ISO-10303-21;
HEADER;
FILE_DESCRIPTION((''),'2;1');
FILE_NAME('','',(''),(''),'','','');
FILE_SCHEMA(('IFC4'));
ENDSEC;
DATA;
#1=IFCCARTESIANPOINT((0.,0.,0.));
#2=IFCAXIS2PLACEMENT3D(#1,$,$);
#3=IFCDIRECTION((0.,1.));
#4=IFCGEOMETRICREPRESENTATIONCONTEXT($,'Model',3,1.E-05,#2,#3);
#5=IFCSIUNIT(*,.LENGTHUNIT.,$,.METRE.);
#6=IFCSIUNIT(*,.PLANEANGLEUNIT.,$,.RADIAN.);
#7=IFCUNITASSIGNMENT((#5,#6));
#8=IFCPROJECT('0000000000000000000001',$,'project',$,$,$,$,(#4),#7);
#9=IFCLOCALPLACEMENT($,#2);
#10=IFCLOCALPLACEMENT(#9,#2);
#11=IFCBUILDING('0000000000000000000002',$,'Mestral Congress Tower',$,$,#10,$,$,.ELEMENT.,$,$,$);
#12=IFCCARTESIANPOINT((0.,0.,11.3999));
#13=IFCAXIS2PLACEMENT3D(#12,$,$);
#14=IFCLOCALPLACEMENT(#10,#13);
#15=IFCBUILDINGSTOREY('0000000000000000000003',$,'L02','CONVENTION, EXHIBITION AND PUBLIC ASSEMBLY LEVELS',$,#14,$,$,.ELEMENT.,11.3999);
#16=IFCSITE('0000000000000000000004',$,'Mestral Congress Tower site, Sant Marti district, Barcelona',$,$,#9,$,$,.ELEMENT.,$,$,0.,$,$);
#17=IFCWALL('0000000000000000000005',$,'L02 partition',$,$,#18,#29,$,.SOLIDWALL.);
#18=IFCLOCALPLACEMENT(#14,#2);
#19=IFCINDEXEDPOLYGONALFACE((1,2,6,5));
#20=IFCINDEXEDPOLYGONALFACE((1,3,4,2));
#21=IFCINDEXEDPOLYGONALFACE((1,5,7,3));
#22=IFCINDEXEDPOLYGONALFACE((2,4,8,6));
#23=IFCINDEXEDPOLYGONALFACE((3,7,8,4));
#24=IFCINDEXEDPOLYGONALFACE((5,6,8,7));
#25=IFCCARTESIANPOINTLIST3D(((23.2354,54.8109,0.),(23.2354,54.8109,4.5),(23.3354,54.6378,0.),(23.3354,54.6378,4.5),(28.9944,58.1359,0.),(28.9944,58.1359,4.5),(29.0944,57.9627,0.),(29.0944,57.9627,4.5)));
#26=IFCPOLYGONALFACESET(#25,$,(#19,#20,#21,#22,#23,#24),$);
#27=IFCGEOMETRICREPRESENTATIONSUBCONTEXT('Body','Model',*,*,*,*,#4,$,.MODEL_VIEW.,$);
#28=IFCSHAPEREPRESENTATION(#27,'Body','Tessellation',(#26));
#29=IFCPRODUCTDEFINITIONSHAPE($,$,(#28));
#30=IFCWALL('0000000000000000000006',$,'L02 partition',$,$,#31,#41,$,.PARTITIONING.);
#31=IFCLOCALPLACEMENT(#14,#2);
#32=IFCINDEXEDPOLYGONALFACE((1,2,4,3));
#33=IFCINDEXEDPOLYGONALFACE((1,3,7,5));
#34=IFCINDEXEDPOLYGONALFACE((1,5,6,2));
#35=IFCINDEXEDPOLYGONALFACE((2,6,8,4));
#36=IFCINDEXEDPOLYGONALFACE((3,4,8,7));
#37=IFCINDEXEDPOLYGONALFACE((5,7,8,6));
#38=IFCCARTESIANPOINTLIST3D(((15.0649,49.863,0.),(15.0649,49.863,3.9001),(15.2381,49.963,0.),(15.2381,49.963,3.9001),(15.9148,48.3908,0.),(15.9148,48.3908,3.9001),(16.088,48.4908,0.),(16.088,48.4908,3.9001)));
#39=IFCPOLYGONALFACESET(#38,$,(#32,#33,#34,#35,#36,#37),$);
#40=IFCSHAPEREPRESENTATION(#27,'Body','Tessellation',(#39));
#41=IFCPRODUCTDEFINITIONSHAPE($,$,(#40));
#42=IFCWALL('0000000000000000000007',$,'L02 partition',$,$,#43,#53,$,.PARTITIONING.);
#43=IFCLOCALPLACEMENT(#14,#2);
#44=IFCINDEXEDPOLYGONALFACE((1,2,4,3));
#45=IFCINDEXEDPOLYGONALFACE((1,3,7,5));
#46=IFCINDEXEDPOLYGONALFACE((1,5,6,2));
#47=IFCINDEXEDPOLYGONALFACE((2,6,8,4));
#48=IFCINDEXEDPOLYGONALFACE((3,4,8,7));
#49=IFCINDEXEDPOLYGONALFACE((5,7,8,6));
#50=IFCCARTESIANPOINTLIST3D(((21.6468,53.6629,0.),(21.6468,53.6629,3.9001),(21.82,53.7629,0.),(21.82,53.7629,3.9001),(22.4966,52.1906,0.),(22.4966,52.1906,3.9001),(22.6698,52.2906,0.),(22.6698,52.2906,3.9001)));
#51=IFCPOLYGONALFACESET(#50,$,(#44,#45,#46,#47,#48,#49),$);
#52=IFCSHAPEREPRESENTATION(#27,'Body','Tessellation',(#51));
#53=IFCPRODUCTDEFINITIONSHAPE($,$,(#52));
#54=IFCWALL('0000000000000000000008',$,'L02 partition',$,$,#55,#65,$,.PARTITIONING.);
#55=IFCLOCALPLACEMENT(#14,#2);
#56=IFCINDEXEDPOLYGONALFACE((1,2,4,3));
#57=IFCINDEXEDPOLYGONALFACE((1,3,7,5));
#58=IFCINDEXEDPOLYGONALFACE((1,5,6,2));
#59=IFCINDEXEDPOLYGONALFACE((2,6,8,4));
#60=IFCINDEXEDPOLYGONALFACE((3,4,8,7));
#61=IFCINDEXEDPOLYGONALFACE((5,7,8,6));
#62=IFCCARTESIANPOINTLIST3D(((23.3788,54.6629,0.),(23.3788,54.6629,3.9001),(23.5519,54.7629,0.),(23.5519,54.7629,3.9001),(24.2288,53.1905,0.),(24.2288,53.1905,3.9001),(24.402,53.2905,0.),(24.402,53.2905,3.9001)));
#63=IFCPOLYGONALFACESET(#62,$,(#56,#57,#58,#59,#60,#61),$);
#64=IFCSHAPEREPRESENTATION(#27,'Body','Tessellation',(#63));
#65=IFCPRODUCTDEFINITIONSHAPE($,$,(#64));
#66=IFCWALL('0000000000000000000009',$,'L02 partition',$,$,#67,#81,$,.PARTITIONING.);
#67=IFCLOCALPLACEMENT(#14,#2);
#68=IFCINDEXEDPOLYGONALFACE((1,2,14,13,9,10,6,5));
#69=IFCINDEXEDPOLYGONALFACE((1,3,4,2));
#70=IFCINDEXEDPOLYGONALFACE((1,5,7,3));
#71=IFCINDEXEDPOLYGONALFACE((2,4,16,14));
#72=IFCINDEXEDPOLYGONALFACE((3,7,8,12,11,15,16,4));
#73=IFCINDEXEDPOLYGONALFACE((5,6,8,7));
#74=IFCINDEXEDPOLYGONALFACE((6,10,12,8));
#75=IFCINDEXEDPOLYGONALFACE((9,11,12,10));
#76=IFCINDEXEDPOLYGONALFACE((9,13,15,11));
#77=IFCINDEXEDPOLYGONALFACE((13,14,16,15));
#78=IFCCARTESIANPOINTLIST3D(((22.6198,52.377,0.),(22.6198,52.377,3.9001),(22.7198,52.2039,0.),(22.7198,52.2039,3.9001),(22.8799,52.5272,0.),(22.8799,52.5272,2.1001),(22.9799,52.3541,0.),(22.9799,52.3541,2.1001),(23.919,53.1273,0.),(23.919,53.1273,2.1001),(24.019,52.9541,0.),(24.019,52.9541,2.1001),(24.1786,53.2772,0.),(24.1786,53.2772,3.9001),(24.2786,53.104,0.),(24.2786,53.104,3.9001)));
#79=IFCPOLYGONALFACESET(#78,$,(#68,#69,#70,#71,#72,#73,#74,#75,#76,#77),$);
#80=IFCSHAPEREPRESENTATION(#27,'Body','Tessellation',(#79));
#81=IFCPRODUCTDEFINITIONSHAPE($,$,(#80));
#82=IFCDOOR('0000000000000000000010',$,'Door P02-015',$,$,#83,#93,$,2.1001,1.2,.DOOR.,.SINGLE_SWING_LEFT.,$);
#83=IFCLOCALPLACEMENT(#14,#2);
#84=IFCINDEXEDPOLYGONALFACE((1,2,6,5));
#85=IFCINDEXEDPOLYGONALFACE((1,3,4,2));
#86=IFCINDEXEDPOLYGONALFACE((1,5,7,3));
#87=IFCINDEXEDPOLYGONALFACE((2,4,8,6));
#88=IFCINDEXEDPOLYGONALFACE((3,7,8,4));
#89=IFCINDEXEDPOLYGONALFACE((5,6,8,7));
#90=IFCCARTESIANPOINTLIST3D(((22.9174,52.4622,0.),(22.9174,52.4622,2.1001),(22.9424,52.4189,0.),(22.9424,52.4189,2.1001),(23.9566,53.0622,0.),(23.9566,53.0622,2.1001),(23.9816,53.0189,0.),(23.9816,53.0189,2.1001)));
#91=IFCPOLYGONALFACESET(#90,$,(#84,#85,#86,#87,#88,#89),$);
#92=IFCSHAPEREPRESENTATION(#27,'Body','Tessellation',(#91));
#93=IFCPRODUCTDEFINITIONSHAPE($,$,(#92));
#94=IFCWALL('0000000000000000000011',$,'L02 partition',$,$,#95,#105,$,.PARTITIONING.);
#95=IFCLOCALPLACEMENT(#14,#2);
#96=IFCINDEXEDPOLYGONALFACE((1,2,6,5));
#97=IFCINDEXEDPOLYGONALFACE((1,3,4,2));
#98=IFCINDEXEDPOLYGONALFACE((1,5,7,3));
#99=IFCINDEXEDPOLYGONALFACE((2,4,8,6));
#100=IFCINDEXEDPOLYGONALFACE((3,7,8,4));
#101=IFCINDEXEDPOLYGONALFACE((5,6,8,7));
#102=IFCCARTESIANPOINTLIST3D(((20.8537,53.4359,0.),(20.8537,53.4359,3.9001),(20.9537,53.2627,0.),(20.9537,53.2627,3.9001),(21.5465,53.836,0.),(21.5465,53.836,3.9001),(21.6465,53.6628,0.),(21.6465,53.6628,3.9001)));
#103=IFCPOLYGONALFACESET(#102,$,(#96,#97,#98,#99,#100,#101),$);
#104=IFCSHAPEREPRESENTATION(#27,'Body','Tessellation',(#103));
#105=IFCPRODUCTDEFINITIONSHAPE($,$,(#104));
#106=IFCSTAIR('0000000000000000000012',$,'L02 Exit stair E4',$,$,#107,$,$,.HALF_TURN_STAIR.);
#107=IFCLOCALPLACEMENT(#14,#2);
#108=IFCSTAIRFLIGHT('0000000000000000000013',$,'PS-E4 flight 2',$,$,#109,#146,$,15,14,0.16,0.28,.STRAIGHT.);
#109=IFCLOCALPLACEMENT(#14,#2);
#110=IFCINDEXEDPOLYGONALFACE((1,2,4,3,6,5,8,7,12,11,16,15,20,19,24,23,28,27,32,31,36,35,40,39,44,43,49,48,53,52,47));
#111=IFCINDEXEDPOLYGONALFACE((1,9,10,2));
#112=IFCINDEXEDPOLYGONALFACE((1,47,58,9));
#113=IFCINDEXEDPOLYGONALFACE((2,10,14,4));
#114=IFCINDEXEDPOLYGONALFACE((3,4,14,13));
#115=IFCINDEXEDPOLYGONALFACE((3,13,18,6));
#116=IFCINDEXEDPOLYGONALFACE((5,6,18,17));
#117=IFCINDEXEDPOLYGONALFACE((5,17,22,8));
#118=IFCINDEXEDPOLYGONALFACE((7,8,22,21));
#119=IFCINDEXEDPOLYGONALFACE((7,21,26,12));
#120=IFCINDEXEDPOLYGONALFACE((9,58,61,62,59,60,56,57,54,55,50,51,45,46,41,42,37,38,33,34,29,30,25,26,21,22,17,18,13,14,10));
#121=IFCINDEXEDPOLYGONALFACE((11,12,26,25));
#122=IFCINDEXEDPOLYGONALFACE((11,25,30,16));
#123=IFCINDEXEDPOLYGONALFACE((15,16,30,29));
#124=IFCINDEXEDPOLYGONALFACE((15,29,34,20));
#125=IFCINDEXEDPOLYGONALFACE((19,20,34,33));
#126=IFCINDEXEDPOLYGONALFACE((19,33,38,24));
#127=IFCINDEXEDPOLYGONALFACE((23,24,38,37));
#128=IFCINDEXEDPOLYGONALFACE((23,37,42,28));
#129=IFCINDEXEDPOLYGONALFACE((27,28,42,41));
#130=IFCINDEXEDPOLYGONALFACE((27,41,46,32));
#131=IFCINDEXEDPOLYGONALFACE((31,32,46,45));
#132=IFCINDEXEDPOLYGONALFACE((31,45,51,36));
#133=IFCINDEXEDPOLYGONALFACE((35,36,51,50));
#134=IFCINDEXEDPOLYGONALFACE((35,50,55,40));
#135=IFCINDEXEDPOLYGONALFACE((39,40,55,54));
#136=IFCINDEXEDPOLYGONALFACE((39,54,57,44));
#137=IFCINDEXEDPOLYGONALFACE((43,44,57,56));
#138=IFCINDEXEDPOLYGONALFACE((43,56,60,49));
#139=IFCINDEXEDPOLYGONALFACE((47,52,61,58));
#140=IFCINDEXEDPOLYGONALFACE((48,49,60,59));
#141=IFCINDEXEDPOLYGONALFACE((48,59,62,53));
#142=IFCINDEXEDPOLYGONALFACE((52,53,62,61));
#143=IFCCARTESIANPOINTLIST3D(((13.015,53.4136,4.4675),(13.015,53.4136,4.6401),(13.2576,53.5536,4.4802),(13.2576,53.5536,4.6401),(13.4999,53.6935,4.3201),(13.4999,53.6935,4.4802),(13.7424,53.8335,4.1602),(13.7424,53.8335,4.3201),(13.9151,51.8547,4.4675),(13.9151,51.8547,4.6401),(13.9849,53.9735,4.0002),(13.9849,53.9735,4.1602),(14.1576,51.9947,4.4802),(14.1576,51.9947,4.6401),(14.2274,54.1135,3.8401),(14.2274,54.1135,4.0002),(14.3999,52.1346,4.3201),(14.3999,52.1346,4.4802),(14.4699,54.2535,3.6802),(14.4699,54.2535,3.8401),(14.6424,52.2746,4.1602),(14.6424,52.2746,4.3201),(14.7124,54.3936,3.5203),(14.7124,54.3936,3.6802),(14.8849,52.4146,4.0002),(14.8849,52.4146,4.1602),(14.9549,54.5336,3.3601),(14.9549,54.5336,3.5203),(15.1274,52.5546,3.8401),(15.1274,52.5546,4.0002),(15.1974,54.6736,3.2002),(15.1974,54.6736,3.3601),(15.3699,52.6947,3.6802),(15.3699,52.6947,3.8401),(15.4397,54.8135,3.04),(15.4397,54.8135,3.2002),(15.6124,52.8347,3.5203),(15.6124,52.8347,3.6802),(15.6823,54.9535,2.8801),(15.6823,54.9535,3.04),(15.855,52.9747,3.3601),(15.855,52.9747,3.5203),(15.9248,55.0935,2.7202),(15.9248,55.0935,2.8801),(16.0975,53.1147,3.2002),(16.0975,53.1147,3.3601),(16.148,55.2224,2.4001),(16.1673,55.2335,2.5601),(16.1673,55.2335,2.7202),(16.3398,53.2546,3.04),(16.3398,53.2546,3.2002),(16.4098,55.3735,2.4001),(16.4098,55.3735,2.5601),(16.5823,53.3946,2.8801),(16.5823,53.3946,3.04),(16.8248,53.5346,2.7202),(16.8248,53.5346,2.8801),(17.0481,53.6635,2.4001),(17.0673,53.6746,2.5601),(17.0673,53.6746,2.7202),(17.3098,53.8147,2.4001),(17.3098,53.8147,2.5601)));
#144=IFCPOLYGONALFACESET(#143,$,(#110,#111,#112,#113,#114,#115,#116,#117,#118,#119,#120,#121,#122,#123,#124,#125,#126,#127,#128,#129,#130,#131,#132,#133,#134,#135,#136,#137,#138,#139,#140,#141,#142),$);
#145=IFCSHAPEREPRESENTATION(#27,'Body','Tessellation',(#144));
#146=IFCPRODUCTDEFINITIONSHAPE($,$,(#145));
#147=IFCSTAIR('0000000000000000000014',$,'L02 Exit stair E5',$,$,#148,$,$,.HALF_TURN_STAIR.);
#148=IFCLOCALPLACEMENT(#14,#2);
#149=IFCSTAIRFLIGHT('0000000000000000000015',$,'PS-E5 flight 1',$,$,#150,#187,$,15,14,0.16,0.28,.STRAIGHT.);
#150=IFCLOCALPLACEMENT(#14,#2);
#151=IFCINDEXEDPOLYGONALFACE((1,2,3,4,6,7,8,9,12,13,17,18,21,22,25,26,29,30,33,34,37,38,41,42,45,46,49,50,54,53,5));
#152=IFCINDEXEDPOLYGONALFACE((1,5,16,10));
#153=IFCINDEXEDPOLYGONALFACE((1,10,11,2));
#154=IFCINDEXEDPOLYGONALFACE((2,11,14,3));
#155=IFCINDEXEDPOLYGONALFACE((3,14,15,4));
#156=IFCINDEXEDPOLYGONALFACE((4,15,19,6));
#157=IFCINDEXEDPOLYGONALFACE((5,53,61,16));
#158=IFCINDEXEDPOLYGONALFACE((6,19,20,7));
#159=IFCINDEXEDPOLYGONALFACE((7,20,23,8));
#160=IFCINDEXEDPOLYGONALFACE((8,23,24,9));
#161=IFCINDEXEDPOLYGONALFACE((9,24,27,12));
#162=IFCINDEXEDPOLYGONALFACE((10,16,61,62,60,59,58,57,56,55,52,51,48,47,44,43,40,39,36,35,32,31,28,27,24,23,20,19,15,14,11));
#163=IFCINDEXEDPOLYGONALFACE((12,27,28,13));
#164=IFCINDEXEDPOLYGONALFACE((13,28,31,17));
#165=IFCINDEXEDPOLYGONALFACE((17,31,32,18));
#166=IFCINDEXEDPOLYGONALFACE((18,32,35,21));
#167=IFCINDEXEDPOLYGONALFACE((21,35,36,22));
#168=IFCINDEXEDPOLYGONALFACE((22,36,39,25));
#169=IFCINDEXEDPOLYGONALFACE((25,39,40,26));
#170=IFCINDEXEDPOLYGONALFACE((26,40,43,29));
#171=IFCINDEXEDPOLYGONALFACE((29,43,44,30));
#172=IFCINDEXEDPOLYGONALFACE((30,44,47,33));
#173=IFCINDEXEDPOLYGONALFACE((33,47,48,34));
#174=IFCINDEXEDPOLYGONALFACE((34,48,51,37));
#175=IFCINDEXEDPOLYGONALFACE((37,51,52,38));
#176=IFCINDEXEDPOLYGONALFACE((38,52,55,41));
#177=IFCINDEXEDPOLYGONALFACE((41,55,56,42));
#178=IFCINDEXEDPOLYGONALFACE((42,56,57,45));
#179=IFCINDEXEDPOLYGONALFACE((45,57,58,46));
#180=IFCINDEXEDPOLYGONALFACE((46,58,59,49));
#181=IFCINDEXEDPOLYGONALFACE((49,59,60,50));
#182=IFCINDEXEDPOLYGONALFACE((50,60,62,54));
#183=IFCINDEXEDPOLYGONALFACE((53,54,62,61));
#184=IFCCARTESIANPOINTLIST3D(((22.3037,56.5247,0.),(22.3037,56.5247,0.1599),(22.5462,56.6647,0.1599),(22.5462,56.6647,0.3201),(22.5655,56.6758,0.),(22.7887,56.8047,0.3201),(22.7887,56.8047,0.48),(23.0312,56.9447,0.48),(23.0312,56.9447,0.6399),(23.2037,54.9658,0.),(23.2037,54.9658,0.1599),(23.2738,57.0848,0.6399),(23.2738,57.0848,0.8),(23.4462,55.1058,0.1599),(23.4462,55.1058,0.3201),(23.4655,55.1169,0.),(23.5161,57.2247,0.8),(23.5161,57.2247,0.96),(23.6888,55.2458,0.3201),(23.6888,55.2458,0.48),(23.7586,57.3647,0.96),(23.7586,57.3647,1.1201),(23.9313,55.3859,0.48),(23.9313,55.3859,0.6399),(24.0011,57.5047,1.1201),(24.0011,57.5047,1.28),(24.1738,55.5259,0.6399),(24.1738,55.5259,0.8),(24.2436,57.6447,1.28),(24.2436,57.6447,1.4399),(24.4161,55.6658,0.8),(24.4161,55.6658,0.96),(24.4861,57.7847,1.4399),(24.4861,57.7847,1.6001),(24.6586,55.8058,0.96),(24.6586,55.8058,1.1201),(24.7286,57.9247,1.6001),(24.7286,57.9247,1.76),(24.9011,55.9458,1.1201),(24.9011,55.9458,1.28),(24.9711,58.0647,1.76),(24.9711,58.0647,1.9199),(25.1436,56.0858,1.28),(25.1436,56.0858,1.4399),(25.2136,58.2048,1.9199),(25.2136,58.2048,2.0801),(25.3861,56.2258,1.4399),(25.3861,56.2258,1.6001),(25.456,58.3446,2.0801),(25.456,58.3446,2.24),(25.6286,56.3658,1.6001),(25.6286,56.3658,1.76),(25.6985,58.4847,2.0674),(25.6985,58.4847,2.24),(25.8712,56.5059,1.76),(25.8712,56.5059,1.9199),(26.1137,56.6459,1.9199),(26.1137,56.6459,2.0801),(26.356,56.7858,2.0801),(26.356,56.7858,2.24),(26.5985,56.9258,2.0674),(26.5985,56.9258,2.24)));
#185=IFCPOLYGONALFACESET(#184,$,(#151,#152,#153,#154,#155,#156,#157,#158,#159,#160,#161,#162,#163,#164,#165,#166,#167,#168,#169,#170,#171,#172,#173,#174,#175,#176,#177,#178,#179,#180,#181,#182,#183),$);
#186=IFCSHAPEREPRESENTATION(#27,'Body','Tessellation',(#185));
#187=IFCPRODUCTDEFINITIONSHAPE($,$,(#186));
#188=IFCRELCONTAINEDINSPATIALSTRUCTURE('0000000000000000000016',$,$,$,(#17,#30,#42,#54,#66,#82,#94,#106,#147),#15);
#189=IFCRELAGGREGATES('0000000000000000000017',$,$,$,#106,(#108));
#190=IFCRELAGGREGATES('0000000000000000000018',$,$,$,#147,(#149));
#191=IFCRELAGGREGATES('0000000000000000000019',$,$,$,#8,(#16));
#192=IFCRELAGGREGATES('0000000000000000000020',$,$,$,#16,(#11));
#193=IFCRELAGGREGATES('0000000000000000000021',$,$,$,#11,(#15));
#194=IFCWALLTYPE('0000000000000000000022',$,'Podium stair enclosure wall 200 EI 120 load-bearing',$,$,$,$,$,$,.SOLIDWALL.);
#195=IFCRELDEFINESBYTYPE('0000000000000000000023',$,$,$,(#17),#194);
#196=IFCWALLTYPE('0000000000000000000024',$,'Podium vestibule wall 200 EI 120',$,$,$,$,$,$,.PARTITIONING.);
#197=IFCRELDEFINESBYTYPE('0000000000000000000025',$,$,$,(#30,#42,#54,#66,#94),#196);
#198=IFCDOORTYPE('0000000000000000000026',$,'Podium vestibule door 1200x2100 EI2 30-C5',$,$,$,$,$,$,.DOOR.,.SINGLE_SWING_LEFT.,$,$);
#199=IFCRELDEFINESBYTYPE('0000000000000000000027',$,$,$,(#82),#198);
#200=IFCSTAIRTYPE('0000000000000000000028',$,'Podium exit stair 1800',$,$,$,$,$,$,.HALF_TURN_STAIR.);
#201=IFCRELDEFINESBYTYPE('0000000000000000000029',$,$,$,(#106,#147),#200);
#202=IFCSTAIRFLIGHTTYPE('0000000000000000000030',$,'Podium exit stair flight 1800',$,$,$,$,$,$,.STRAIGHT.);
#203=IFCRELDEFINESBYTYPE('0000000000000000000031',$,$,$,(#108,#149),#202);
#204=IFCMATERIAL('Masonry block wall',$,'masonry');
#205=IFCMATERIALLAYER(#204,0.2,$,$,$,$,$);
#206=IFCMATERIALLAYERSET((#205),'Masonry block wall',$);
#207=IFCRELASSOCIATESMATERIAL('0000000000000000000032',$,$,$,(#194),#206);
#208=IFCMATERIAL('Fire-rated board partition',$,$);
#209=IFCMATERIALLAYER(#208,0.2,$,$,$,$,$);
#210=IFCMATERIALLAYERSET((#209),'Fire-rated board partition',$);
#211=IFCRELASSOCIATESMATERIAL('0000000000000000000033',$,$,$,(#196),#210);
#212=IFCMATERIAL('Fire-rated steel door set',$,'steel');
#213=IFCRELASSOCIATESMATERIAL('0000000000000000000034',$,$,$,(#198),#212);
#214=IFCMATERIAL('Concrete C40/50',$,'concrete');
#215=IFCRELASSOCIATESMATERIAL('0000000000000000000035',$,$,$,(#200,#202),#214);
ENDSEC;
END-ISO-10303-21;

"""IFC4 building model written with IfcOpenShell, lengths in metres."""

from ifc_helpers import new_model, si_unit, direction, frame, frame_2d, origin, place, context, subcontext, project, spatial, polyline, rectangle, outline, extrude, material, layer, layer_set, type_object, element, fill, aggregate, save


model = new_model("IFC4")

# Units and contexts
model_context = context("Model", 3, precision=1e-05, world=origin(), true_north=direction((0.0, 1.0)))
body_context = subcontext(model_context, "Body", "Model", "MODEL_VIEW")
ifc_project = project(units=[si_unit("LENGTHUNIT", "METRE"), si_unit("PLANEANGLEUNIT", "RADIAN")], contexts=[model_context])

# Site, building, storey
site_placement = place(None, origin())
site = spatial("IfcSite", under=ifc_project, at=site_placement, Name="Mestral Congress Tower site, Sant Marti district, Barcelona", CompositionType="ELEMENT", RefElevation=0.0)
building_placement = place(site_placement, origin())
building = spatial("IfcBuilding", under=site, at=building_placement, Name="Mestral Congress Tower", CompositionType="ELEMENT")
storey_placement = place(building_placement, frame((0.0, 0.0, 11.3999)))
storey = spatial("IfcBuildingStorey", under=building, at=storey_placement, Name="L02", Description="CONVENTION, EXHIBITION AND PUBLIC ASSEMBLY LEVELS", CompositionType="ELEMENT", Elevation=11.3999)

# Shared definitions
ifc_material_1 = material(Name="Masonry block wall", Category="masonry")
ifc_layer_1 = layer(ifc_material_1, 0.2)
ifc_layer_set_1 = layer_set([ifc_layer_1], Name="Masonry block wall")
wall_type_1 = type_object("IfcWallType", Name="Podium stair enclosure wall 200 EI 120 load-bearing", PredefinedType="SOLIDWALL", material=ifc_layer_set_1)

# Shared definitions
ifc_material_2 = material(Name="Fire-rated steel door set", Category="steel")

# Walls
wall_1_placement = place(storey_placement, frame((23.2854, 54.7244, 0.0), z_axis=(0.0, 0.0, 1.0), x_axis=(0.866027, 0.499997, 0.0)))
element("IfcWall", 1, at=wall_1_placement, inside=storey, type_object=wall_type_1, Name="L02 partition", PredefinedType="SOLIDWALL", context=body_context, shape_type="SweptSolid", body=[
    extrude(rectangle(XDim=6.6499, YDim=0.2, at=frame_2d((3.325, 0.0))), origin(), (0.0, 0.0, 1.0), 4.5),
])
ifc_material_3 = material(Name="Fire-rated board partition")
ifc_layer_2 = layer(ifc_material_3, 0.2)
ifc_layer_set_2 = layer_set([ifc_layer_2], Name="Fire-rated board partition")
wall_type_2 = type_object("IfcWallType", Name="Podium vestibule wall 200 EI 120", PredefinedType="PARTITIONING", material=ifc_layer_set_2)
for number, where, z_axis, x_axis, name in (
    (2, (16.0015, 48.4407, 0.0), (0.0, 0.0, 1.0), (-0.499955, 0.866052, 0.0), "L02 partition"),
    (3, (22.5833, 52.2405, 0.0), (0.0, 0.0, 1.0), (-0.499892, 0.866088, 0.0), "L02 partition"),
):
    element("IfcWall", number, at=place(storey_placement, frame(where, z_axis=z_axis, x_axis=x_axis)), inside=storey, type_object=wall_type_2, Name=name, PredefinedType="PARTITIONING", context=body_context, shape_type="SweptSolid", body=[
        extrude(rectangle(XDim=1.7, YDim=0.2, at=frame_2d((0.8501, 0.0))), origin(), (0.0, 0.0, 1.0), 3.9001),
    ])
wall_2_placement = place(storey_placement, frame((24.3154, 53.2405, 0.0), z_axis=(0.0, 0.0, 1.0), x_axis=(-0.5, 0.866025, 0.0)))
element("IfcWall", 4, at=wall_2_placement, inside=storey, type_object=wall_type_2, Name="L02 partition", PredefinedType="PARTITIONING", context=body_context, shape_type="SweptSolid", body=[
    extrude(rectangle(XDim=1.7002, YDim=0.2, at=frame_2d((0.8501, 0.0))), origin(), (0.0, 0.0, 1.0), 3.9001),
])

# Wall, opening, door
wall_3_placement = place(storey_placement, frame((22.6699, 52.2905, 0.0), z_axis=(0.0, 0.0, 1.0), x_axis=(0.865989, 0.500063, 0.0)))
wall_3 = element("IfcWall", 5, at=wall_3_placement, inside=storey, type_object=wall_type_2, Name="L02 partition", PredefinedType="PARTITIONING", context=body_context, shape_type="SweptSolid", body=[
    extrude(rectangle(XDim=1.8, YDim=0.2, at=frame_2d((0.8999, 0.0))), origin(), (0.0, 0.0, 1.0), 3.9001),
])
opening_1_placement = place(wall_3_placement, frame((0.3, 0.0, 0.0)))
opening_1 = element("IfcOpeningElement", 6, at=opening_1_placement, cuts=wall_3, PredefinedType="OPENING", context=body_context, shape_type="SweptSolid", body=[
    extrude(rectangle(XDim=1.2, YDim=2.1001, at=frame_2d((0.6001, 1.05))), frame((0.0, 0.1099, 0.0), z_axis=(0.0, -1.0, 0.0), x_axis=(1.0, 0.0, 0.0)), (0.0, 0.0, 1.0), 0.22),
])
door_type_1 = type_object("IfcDoorType", Name="Podium vestibule door 1200x2100 EI2 30-C5", OperationType="SINGLE_SWING_LEFT", PredefinedType="DOOR", material=ifc_material_2)
door_1_placement = place(opening_1_placement, origin())
door_1 = element("IfcDoor", 7, at=door_1_placement, inside=storey, type_object=door_type_1, Name="Door P02-015", OperationType="SINGLE_SWING_LEFT", OverallHeight=2.1001, OverallWidth=1.2, PredefinedType="DOOR", context=body_context, shape_type="SweptSolid", body=[
    extrude(rectangle(XDim=1.2, YDim=2.1001, at=frame_2d((0.6001, 1.05))), frame((0.0, 0.0249, 0.0), z_axis=(0.0, -1.0, 0.0), x_axis=(1.0, 0.0, 0.0)), (0.0, 0.0, 1.0), 0.05),
])
fill(opening_1, door_1)

# Wall
wall_4_placement = place(storey_placement, frame((20.9038, 53.3494, 0.0), z_axis=(0.0, 0.0, 1.0), x_axis=(0.865962, 0.50011, 0.0)))
element("IfcWall", 8, at=wall_4_placement, inside=storey, type_object=wall_type_2, Name="L02 partition", PredefinedType="PARTITIONING", context=body_context, shape_type="SweptSolid", body=[
    extrude(rectangle(XDim=0.8, YDim=0.2, at=frame_2d((0.3999, 0.0))), origin(), (0.0, 0.0, 1.0), 3.9001),
])

# Stairs, stair flights
ifc_material_4 = material(Name="Concrete C40/50", Category="concrete")
stair_type = type_object("IfcStairType", Name="Podium exit stair 1800", PredefinedType="HALF_TURN_STAIR", material=ifc_material_4)
placement = place(storey_placement, origin())
stair_1 = element("IfcStair", 9, at=placement, inside=storey, type_object=stair_type, Name="L02 Exit stair E4", PredefinedType="HALF_TURN_STAIR")
stair_flight_type = type_object("IfcStairFlightType", Name="Podium exit stair flight 1800", PredefinedType="STRAIGHT", material=ifc_material_4)
stair_flight_1_placement = place(storey_placement, frame((16.8599, 54.594, 2.4001), z_axis=(0.0, 0.0, 1.0), x_axis=(-0.866025, -0.5, 0.0)))
stair_flight_1 = element("IfcStairFlight", 10, at=stair_flight_1_placement, type_object=stair_flight_type, Name="PS-E4 flight 2", NumberOfRisers=15, NumberOfTreads=14, PredefinedType="STRAIGHT", RiserHeight=0.16, TreadLength=0.28, context=body_context, shape_type="SweptSolid", body=[
    extrude(outline(polyline([(0.0, 0.0), (0.0, 0.1599), (0.28, 0.1599), (0.28, 0.3201), (0.5601, 0.3201), (0.5601, 0.48), (0.8401, 0.48), (0.8401, 0.6399), (1.1201, 0.6399), (1.1201, 0.8), (1.3999, 0.8), (1.3999, 0.96), (1.6799, 0.96), (1.6799, 1.1201), (1.96, 1.1201), (1.96, 1.28), (2.24, 1.28), (2.24, 1.4399), (2.52, 1.4399), (2.52, 1.6001), (2.8, 1.6001), (2.8, 1.76), (3.0801, 1.76), (3.0801, 1.9199), (3.3601, 1.9199), (3.3601, 2.0801), (3.6399, 2.0801), (3.6399, 2.24), (3.9199, 2.24), (3.9199, 2.3999), (3.9199, 2.0674), (0.3022, 0.0), (0.0, 0.0)])), frame((0.0, 0.8999, 0.0), z_axis=(0.0, -1.0, 0.0), x_axis=(1.0, 0.0, 0.0)), (0.0, 0.0, 1.0), 1.8),
])
aggregate(stair_1, [stair_flight_1])
stair_2 = element("IfcStair", 11, at=placement, inside=storey, type_object=stair_type, Name="L02 Exit stair E5", PredefinedType="HALF_TURN_STAIR")
stair_flight_2_placement = place(storey_placement, frame((22.7537, 55.7454, 0.0), z_axis=(0.0, 0.0, 1.0), x_axis=(0.866025, 0.5, 0.0)))
stair_flight_2 = element("IfcStairFlight", 12, at=stair_flight_2_placement, type_object=stair_flight_type, Name="PS-E5 flight 1", NumberOfRisers=15, NumberOfTreads=14, PredefinedType="STRAIGHT", RiserHeight=0.16, TreadLength=0.28, context=body_context, shape_type="SweptSolid", body=[
    extrude(outline(polyline([(0.0, 0.0), (0.0, 0.1599), (0.28, 0.1599), (0.28, 0.3201), (0.5601, 0.3201), (0.5601, 0.48), (0.8401, 0.48), (0.8401, 0.6399), (1.1201, 0.6399), (1.1201, 0.8), (1.3999, 0.8), (1.3999, 0.96), (1.6799, 0.96), (1.6799, 1.1201), (1.96, 1.1201), (1.96, 1.28), (2.24, 1.28), (2.24, 1.4399), (2.52, 1.4399), (2.52, 1.6001), (2.8, 1.6001), (2.8, 1.76), (3.0801, 1.76), (3.0801, 1.9199), (3.3601, 1.9199), (3.3601, 2.0801), (3.6399, 2.0801), (3.6399, 2.24), (3.9199, 2.24), (3.9199, 2.3999), (3.9199, 2.0674), (0.3022, 0.0), (0.0, 0.0)])), frame((0.0, 0.8999, 0.0), z_axis=(0.0, -1.0, 0.0), x_axis=(1.0, 0.0, 0.0)), (0.0, 0.0, 1.0), 1.8),
])
aggregate(stair_2, [stair_flight_2])

save(model, "model.ifc")
